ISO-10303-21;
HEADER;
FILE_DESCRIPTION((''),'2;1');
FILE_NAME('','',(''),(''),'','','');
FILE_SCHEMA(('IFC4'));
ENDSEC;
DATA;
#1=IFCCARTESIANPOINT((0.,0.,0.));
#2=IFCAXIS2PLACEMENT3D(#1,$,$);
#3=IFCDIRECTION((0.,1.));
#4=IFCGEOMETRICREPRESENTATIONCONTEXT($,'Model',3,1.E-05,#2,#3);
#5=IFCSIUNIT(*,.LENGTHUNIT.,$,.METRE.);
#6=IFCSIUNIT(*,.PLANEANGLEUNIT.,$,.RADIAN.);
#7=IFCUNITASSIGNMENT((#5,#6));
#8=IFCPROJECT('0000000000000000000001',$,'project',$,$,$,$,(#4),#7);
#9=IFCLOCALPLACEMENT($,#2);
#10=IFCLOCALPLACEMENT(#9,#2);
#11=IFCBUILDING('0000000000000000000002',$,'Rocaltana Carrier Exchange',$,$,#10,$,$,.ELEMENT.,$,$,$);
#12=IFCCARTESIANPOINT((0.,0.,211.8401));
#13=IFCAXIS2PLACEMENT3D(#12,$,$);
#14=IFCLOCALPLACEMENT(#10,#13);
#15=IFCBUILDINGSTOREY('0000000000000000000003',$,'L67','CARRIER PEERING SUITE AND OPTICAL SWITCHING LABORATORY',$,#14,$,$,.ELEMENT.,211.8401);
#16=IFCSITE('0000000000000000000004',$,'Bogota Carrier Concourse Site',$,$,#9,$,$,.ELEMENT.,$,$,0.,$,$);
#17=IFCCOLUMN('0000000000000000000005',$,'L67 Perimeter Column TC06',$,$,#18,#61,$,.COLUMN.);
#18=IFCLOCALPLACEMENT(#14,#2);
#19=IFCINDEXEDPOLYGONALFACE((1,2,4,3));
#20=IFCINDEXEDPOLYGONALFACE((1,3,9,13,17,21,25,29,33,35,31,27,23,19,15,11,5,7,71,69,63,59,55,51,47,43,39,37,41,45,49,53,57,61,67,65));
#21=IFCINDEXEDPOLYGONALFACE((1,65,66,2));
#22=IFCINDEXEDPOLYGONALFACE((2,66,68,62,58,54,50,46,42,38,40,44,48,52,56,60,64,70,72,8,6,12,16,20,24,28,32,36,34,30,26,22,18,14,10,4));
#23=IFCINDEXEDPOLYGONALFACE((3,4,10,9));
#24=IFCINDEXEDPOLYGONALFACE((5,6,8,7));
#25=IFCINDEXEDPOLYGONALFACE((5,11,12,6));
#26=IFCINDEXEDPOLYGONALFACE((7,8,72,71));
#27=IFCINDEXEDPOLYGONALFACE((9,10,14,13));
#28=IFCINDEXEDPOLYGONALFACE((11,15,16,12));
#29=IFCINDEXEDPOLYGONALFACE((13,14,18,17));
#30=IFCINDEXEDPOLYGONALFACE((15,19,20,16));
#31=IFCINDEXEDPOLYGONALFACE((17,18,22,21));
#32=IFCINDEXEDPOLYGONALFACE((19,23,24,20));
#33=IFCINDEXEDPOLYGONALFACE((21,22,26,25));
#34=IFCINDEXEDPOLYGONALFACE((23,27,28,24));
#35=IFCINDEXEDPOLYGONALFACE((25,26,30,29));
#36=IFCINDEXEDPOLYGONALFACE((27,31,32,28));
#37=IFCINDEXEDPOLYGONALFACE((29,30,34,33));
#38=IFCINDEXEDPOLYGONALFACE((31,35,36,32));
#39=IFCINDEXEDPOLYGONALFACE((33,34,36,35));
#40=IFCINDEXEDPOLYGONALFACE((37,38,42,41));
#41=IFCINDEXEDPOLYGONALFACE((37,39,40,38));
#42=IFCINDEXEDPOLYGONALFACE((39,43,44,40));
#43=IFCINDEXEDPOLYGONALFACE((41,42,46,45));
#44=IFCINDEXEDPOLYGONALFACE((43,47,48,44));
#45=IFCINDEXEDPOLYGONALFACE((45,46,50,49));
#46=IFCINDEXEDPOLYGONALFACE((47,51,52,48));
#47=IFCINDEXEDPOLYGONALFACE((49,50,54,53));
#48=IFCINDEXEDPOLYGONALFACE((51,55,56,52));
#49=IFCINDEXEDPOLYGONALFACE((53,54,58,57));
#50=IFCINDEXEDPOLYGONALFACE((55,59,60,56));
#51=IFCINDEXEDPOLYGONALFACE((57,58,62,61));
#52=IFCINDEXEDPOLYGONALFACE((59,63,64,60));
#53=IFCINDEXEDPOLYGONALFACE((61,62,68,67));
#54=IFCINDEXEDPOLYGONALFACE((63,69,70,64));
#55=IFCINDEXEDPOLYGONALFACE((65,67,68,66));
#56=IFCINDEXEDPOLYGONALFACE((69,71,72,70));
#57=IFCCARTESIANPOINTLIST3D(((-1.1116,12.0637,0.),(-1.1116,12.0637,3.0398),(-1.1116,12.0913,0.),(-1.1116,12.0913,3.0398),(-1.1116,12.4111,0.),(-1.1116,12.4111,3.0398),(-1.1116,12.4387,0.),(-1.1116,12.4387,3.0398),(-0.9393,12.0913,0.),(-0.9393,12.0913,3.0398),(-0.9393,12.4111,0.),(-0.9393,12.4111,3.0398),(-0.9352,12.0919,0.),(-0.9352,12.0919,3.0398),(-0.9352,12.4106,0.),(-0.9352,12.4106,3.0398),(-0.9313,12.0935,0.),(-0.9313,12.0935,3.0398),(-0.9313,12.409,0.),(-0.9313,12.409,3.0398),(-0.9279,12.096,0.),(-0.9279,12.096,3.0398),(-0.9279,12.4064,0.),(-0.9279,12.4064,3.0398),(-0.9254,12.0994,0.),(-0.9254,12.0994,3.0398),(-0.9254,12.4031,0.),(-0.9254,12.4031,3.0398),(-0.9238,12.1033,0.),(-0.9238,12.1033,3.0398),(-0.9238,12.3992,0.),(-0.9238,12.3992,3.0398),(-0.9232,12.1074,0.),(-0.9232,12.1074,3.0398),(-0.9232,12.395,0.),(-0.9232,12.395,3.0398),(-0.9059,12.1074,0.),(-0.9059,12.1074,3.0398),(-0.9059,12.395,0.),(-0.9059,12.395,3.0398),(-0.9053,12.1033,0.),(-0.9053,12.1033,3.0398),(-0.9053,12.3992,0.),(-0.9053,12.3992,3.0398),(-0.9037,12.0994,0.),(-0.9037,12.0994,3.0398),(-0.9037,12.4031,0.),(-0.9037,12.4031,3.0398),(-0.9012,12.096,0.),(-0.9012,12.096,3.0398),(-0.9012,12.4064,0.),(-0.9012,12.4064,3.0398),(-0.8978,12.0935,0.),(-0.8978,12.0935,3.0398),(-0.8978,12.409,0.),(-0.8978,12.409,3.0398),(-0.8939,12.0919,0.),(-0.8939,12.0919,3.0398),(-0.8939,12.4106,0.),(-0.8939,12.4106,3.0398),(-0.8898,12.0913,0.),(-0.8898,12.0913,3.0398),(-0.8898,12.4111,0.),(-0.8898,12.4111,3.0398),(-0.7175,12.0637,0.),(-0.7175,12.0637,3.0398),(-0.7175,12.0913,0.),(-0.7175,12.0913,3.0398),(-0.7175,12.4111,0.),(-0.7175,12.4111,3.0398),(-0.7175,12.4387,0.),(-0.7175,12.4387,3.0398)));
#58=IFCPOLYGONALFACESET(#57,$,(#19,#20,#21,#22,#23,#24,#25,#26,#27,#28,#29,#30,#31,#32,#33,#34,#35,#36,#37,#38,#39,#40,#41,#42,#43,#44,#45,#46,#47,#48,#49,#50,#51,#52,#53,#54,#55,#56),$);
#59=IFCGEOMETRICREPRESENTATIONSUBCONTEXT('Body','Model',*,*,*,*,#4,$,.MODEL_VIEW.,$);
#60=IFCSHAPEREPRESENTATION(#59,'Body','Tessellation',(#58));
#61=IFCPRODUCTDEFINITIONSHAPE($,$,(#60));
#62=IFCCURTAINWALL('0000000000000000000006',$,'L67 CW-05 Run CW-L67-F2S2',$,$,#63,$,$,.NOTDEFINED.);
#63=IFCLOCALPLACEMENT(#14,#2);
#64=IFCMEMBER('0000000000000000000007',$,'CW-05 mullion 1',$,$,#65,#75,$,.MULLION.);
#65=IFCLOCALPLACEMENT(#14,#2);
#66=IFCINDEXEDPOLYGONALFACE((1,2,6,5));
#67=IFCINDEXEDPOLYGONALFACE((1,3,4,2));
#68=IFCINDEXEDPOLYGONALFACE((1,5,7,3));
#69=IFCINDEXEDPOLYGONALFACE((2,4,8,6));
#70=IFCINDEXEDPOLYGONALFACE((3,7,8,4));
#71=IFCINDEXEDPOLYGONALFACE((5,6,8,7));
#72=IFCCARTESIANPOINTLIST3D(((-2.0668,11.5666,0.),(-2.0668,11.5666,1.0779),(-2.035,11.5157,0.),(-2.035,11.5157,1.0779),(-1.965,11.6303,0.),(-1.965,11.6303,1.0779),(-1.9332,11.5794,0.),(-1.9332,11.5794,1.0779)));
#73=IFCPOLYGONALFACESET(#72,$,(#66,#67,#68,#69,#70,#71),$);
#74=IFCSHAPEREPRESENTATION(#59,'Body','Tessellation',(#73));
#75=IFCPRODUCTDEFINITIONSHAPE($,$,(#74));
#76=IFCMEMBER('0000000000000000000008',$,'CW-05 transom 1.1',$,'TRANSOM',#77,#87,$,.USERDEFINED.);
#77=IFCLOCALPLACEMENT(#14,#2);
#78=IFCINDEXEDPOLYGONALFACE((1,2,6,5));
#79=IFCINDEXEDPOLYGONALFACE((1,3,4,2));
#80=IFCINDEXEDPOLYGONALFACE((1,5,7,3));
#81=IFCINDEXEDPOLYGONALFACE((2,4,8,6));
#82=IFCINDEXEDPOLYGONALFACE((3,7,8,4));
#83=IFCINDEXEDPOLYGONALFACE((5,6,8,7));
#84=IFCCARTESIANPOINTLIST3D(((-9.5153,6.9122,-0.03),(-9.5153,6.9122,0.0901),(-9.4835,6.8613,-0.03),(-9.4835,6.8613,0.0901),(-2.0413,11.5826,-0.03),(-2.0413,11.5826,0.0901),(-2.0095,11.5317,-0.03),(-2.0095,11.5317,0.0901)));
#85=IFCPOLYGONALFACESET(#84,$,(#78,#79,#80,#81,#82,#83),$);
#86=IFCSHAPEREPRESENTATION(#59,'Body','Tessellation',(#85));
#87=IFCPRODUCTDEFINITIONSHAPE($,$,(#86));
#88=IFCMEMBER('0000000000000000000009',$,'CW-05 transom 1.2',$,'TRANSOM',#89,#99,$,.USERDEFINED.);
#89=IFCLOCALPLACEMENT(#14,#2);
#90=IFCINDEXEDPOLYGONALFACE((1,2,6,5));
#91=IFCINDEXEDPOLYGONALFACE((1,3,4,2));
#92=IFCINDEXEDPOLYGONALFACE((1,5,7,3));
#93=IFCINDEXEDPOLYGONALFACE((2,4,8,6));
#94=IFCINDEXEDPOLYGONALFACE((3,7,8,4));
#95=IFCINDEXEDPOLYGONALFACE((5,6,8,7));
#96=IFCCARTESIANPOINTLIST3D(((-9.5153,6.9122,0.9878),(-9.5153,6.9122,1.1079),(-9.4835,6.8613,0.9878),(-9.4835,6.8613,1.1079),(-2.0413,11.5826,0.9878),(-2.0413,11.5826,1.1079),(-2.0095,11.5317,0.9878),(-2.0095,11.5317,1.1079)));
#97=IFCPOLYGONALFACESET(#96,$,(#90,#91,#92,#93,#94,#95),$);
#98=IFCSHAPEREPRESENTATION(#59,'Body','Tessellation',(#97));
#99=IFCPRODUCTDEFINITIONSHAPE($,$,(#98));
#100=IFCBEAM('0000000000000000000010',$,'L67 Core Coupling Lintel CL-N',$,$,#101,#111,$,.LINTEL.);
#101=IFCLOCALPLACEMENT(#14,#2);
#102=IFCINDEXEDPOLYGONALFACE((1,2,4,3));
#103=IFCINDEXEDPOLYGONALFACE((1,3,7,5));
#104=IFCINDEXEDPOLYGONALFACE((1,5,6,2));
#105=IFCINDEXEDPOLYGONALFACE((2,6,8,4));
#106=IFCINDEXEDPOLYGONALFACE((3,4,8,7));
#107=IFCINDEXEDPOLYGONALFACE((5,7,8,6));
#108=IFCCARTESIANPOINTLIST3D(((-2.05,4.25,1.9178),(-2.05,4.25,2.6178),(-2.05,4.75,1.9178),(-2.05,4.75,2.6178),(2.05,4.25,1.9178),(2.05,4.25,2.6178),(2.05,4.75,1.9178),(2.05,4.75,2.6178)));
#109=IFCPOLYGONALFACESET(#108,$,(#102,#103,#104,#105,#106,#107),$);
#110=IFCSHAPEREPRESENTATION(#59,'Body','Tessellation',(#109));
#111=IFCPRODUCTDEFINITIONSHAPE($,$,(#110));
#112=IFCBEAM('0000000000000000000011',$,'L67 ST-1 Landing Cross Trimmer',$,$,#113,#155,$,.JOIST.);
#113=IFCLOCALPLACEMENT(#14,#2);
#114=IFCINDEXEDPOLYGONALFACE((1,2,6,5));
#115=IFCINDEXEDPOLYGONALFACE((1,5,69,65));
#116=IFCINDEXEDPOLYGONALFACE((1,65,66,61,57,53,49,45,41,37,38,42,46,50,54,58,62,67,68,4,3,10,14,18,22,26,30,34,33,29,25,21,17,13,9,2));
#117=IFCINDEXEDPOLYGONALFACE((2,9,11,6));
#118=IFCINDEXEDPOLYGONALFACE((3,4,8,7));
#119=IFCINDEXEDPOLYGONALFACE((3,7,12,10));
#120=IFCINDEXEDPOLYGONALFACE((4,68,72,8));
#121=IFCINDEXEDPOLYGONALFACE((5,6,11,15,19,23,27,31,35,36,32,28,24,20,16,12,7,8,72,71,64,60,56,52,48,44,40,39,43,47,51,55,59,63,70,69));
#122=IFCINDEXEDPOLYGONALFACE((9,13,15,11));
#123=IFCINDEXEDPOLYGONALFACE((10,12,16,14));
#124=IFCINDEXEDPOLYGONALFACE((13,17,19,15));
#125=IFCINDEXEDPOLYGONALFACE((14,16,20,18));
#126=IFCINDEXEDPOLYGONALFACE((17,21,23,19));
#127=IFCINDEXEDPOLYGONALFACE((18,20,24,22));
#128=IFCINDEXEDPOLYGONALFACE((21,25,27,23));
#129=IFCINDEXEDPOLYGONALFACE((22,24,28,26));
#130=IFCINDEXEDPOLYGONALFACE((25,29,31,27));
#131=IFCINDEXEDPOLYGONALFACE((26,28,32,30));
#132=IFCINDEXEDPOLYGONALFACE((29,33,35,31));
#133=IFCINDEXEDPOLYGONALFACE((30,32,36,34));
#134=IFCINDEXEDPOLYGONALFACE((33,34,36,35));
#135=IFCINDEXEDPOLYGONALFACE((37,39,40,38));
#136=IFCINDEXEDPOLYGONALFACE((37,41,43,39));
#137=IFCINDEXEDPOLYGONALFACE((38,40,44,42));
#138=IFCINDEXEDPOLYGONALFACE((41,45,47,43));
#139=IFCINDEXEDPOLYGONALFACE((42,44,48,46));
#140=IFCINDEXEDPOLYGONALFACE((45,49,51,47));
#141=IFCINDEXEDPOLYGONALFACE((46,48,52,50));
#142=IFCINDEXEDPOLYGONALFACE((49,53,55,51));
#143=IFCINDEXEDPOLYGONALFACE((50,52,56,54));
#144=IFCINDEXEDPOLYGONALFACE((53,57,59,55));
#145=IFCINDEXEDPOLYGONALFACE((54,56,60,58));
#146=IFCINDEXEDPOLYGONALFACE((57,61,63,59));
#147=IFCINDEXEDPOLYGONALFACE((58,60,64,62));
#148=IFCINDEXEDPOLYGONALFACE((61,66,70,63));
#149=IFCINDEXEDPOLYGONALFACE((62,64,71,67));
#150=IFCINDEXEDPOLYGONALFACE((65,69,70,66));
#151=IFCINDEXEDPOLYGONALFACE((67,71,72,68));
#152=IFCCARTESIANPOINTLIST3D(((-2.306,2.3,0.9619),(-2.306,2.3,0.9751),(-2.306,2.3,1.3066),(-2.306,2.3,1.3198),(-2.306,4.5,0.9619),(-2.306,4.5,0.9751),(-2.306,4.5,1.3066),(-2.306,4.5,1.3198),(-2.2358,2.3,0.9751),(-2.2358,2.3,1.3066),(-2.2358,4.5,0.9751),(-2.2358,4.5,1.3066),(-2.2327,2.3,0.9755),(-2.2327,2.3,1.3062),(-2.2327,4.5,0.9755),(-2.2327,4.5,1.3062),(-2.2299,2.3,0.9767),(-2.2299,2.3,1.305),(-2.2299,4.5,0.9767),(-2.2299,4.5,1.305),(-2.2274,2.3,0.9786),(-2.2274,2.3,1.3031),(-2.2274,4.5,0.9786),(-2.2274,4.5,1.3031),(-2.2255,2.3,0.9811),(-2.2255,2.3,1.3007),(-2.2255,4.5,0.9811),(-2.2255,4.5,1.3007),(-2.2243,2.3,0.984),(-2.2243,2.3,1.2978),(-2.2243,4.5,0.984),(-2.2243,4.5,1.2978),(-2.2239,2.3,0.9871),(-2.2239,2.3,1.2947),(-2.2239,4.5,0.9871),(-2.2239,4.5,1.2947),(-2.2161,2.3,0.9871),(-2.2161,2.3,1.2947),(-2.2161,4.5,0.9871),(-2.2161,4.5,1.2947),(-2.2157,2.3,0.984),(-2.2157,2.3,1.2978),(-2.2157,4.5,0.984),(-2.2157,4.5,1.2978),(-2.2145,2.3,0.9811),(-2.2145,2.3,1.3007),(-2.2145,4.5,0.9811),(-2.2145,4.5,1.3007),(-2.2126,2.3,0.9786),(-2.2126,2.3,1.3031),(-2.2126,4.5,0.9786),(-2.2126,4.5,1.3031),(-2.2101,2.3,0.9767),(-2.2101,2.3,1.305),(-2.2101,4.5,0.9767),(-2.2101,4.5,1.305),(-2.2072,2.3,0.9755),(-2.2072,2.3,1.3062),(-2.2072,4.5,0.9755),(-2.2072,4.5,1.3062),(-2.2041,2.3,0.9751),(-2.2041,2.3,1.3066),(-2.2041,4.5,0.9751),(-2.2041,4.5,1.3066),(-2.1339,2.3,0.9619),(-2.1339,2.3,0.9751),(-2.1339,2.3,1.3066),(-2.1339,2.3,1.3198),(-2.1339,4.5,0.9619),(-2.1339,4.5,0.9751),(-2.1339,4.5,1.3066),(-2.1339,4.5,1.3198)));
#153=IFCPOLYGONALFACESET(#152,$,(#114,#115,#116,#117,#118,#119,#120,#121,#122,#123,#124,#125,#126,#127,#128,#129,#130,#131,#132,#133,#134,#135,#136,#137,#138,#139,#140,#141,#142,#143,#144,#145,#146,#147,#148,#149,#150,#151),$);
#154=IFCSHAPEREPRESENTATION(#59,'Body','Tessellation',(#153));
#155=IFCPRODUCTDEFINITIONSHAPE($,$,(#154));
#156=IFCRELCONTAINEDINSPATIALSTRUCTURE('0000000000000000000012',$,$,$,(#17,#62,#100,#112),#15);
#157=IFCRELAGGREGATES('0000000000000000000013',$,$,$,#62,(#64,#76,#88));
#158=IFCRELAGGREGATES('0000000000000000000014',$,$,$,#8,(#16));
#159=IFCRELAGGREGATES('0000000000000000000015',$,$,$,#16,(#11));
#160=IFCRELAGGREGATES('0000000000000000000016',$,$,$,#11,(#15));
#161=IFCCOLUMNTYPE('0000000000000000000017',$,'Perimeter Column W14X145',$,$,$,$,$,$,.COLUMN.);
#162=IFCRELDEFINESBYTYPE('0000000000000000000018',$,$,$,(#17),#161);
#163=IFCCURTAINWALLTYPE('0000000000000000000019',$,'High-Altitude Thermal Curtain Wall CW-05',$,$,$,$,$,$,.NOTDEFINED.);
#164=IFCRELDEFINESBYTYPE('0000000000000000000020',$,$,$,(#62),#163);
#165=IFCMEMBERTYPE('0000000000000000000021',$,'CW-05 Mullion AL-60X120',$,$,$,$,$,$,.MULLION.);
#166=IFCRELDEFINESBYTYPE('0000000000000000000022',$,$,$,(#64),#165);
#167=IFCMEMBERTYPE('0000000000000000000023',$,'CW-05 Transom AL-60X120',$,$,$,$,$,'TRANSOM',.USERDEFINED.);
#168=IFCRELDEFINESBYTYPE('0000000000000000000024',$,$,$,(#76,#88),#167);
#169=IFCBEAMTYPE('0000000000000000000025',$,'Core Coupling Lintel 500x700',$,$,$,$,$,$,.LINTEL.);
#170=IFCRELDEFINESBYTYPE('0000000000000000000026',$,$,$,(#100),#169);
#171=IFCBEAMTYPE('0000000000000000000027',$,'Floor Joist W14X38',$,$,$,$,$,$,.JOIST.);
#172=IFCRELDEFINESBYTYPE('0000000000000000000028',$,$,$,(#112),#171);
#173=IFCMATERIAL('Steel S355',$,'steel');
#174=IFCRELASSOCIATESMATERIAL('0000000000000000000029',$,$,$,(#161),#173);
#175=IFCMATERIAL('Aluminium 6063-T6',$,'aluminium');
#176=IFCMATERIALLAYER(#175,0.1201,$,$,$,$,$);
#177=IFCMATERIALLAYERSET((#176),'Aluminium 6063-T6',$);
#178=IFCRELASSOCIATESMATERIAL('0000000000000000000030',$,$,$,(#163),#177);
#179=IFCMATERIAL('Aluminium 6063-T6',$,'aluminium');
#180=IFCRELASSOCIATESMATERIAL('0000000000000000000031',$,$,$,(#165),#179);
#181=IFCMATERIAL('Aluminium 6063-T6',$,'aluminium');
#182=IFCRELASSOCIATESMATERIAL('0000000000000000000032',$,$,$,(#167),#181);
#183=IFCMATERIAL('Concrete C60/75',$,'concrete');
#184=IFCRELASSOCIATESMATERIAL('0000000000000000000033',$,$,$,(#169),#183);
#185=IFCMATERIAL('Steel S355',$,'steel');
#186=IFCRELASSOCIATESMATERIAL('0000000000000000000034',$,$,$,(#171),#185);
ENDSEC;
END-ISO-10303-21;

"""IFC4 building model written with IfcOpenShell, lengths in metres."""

from ifc_helpers import new_model, si_unit, direction, frame, origin, origin_2d, place, context, subcontext, project, spatial, rectangle, i_section, extrude, material, layer, layer_set, material_profile, profile_set, type_object, element, aggregate, save


model = new_model("IFC4")

# Units and contexts
model_context = context("Model", 3, precision=1e-05, world=origin(), true_north=direction((0.0, 1.0)))
body_context = subcontext(model_context, "Body", "Model", "MODEL_VIEW")
ifc_project = project(units=[si_unit("LENGTHUNIT", "METRE"), si_unit("PLANEANGLEUNIT", "RADIAN")], contexts=[model_context])

# Site, building, storey
site_placement = place(None, origin())
site = spatial("IfcSite", under=ifc_project, at=site_placement, Name="Bogota Carrier Concourse Site", CompositionType="ELEMENT", RefElevation=0.0)
building_placement = place(site_placement, origin())
building = spatial("IfcBuilding", under=site, at=building_placement, Name="Rocaltana Carrier Exchange", CompositionType="ELEMENT")
storey_placement = place(building_placement, frame((0.0, 0.0, 211.8401)))
storey = spatial("IfcBuildingStorey", under=building, at=storey_placement, Name="L67", Description="CARRIER PEERING SUITE AND OPTICAL SWITCHING LABORATORY", CompositionType="ELEMENT", Elevation=211.8401)

# Column
ifc_material_1 = material(Name="Steel S355", Category="steel")
ifc_material_profile_1 = material_profile(ifc_material_1, i_section(OverallWidth=0.394, OverallDepth=0.375, WebThickness=0.0173, FlangeThickness=0.0276, FilletRadius=0.0161, at=origin_2d()), Name="W14X145")
ifc_profile_set_1 = profile_set([ifc_material_profile_1], Name="Steel S355")
column_type = type_object("IfcColumnType", Name="Perimeter Column W14X145", PredefinedType="COLUMN", material=ifc_profile_set_1)
column_placement = place(storey_placement, frame((-0.9146, 12.2512, 0.0), z_axis=(0.0, 0.0, 1.0), x_axis=(1.0, 0.0, 0.0)))
element("IfcColumn", 1, at=column_placement, inside=storey, type_object=column_type, Name="L67 Perimeter Column TC06", PredefinedType="COLUMN", context=body_context, shape_type="SweptSolid", body=[
    extrude(i_section(OverallWidth=0.394, OverallDepth=0.375, WebThickness=0.0173, FlangeThickness=0.0276, FilletRadius=0.0161, at=origin_2d()), origin(), (0.0, 0.0, 1.0), 3.0398),
])

# Curtain wall, members
ifc_material_2 = material(Name="Aluminium 6063-T6", Category="aluminium")
ifc_layer_1 = layer(ifc_material_2, 0.1201)
ifc_layer_set_1 = layer_set([ifc_layer_1], Name="Aluminium 6063-T6")
curtain_wall_type = type_object("IfcCurtainWallType", Name="High-Altitude Thermal Curtain Wall CW-05", PredefinedType="NOTDEFINED", material=ifc_layer_set_1)
curtain_wall_placement = place(storey_placement, origin())
curtain_wall = element("IfcCurtainWall", 2, at=curtain_wall_placement, inside=storey, type_object=curtain_wall_type, Name="L67 CW-05 Run CW-L67-F2S2", PredefinedType="NOTDEFINED")
ifc_material_3 = material(Name="Aluminium 6063-T6", Category="aluminium")
ifc_material_profile_2 = material_profile(ifc_material_3, rectangle(XDim=0.0601, YDim=0.1201, at=origin_2d()), Name="AL-60X120")
ifc_profile_set_2 = profile_set([ifc_material_profile_2], Name="Aluminium 6063-T6")
member_type_1 = type_object("IfcMemberType", Name="CW-05 Mullion AL-60X120", PredefinedType="MULLION", material=ifc_profile_set_2)
member_1_placement = place(storey_placement, frame((-2.0, 11.573, 0.0), z_axis=(0.0, 0.0, 1.0), x_axis=(0.52992, -0.848047, 0.0)))
member_1 = element("IfcMember", 3, at=member_1_placement, type_object=member_type_1, Name="CW-05 mullion 1", PredefinedType="MULLION", context=body_context, shape_type="SweptSolid", body=[
    extrude(rectangle(XDim=0.0601, YDim=0.1201, at=origin_2d()), origin(), (0.0, 0.0, 1.0), 1.0779),
])
ifc_material_4 = material(Name="Aluminium 6063-T6", Category="aluminium")
ifc_material_profile_3 = material_profile(ifc_material_4, rectangle(XDim=0.0601, YDim=0.1201, at=origin_2d()), Name="AL-60X120")
ifc_profile_set_3 = profile_set([ifc_material_profile_3], Name="Aluminium 6063-T6")
member_type_2 = type_object("IfcMemberType", Name="CW-05 Transom AL-60X120", ElementType="TRANSOM", PredefinedType="USERDEFINED", material=ifc_profile_set_3)
member_2_placement = place(storey_placement, frame((-2.0254, 11.5571, 0.03), z_axis=(-0.848045, -0.529924, 0.0), x_axis=(0.529924, -0.848045, 0.0)))
member_2 = element("IfcMember", 4, at=member_2_placement, type_object=member_type_2, Name="CW-05 transom 1.1", ObjectType="TRANSOM", PredefinedType="USERDEFINED", context=body_context, shape_type="SweptSolid", body=[
    extrude(rectangle(XDim=0.0601, YDim=0.1201, at=origin_2d()), origin(), (0.0, 0.0, 1.0), 8.8132),
])
member_3_placement = place(storey_placement, frame((-2.0254, 11.5571, 1.0479), z_axis=(-0.848045, -0.529924, 0.0), x_axis=(0.529924, -0.848045, 0.0)))
member_3 = element("IfcMember", 5, at=member_3_placement, type_object=member_type_2, Name="CW-05 transom 1.2", ObjectType="TRANSOM", PredefinedType="USERDEFINED", context=body_context, shape_type="SweptSolid", body=[
    extrude(rectangle(XDim=0.0601, YDim=0.1201, at=origin_2d()), origin(), (0.0, 0.0, 1.0), 8.8132),
])

# Beams
ifc_material_5 = material(Name="Concrete C60/75", Category="concrete")
ifc_material_profile_4 = material_profile(ifc_material_5, rectangle(XDim=0.5, YDim=0.7, at=origin_2d()), Name="RC-BM-500X700")
ifc_profile_set_4 = profile_set([ifc_material_profile_4], Name="Concrete C60/75")
beam_type_1 = type_object("IfcBeamType", Name="Core Coupling Lintel 500x700", PredefinedType="LINTEL", material=ifc_profile_set_4)
beam_1_placement = place(storey_placement, frame((-2.05, 4.5, 2.2678), z_axis=(1.0, 0.0, 0.0), x_axis=(0.0, 1.0, 0.0)))
element("IfcBeam", 6, at=beam_1_placement, inside=storey, type_object=beam_type_1, Name="L67 Core Coupling Lintel CL-N", PredefinedType="LINTEL", context=body_context, shape_type="SweptSolid", body=[
    extrude(rectangle(XDim=0.5, YDim=0.7, at=origin_2d()), origin(), (0.0, 0.0, 1.0), 4.1001),
])
ifc_material_6 = material(Name="Steel S355", Category="steel")
ifc_material_profile_5 = material_profile(ifc_material_6, i_section(OverallWidth=0.1721, OverallDepth=0.3579, WebThickness=0.0078, FlangeThickness=0.0132, FilletRadius=0.012, at=origin_2d()), Name="W14X38")
ifc_profile_set_5 = profile_set([ifc_material_profile_5], Name="Steel S355")
beam_type_2 = type_object("IfcBeamType", Name="Floor Joist W14X38", PredefinedType="JOIST", material=ifc_profile_set_5)
beam_2_placement = place(storey_placement, frame((-2.22, 2.3, 1.1409), z_axis=(0.0, 1.0, 0.0), x_axis=(-1.0, 0.0, 0.0)))
element("IfcBeam", 7, at=beam_2_placement, inside=storey, type_object=beam_type_2, Name="L67 ST-1 Landing Cross Trimmer", PredefinedType="JOIST", context=body_context, shape_type="SweptSolid", body=[
    extrude(i_section(OverallWidth=0.1721, OverallDepth=0.3579, WebThickness=0.0078, FlangeThickness=0.0132, FilletRadius=0.012, at=origin_2d()), origin(), (0.0, 0.0, 1.0), 2.2),
])

aggregate(curtain_wall, [member_1, member_2, member_3])

save(model, "model.ifc")
